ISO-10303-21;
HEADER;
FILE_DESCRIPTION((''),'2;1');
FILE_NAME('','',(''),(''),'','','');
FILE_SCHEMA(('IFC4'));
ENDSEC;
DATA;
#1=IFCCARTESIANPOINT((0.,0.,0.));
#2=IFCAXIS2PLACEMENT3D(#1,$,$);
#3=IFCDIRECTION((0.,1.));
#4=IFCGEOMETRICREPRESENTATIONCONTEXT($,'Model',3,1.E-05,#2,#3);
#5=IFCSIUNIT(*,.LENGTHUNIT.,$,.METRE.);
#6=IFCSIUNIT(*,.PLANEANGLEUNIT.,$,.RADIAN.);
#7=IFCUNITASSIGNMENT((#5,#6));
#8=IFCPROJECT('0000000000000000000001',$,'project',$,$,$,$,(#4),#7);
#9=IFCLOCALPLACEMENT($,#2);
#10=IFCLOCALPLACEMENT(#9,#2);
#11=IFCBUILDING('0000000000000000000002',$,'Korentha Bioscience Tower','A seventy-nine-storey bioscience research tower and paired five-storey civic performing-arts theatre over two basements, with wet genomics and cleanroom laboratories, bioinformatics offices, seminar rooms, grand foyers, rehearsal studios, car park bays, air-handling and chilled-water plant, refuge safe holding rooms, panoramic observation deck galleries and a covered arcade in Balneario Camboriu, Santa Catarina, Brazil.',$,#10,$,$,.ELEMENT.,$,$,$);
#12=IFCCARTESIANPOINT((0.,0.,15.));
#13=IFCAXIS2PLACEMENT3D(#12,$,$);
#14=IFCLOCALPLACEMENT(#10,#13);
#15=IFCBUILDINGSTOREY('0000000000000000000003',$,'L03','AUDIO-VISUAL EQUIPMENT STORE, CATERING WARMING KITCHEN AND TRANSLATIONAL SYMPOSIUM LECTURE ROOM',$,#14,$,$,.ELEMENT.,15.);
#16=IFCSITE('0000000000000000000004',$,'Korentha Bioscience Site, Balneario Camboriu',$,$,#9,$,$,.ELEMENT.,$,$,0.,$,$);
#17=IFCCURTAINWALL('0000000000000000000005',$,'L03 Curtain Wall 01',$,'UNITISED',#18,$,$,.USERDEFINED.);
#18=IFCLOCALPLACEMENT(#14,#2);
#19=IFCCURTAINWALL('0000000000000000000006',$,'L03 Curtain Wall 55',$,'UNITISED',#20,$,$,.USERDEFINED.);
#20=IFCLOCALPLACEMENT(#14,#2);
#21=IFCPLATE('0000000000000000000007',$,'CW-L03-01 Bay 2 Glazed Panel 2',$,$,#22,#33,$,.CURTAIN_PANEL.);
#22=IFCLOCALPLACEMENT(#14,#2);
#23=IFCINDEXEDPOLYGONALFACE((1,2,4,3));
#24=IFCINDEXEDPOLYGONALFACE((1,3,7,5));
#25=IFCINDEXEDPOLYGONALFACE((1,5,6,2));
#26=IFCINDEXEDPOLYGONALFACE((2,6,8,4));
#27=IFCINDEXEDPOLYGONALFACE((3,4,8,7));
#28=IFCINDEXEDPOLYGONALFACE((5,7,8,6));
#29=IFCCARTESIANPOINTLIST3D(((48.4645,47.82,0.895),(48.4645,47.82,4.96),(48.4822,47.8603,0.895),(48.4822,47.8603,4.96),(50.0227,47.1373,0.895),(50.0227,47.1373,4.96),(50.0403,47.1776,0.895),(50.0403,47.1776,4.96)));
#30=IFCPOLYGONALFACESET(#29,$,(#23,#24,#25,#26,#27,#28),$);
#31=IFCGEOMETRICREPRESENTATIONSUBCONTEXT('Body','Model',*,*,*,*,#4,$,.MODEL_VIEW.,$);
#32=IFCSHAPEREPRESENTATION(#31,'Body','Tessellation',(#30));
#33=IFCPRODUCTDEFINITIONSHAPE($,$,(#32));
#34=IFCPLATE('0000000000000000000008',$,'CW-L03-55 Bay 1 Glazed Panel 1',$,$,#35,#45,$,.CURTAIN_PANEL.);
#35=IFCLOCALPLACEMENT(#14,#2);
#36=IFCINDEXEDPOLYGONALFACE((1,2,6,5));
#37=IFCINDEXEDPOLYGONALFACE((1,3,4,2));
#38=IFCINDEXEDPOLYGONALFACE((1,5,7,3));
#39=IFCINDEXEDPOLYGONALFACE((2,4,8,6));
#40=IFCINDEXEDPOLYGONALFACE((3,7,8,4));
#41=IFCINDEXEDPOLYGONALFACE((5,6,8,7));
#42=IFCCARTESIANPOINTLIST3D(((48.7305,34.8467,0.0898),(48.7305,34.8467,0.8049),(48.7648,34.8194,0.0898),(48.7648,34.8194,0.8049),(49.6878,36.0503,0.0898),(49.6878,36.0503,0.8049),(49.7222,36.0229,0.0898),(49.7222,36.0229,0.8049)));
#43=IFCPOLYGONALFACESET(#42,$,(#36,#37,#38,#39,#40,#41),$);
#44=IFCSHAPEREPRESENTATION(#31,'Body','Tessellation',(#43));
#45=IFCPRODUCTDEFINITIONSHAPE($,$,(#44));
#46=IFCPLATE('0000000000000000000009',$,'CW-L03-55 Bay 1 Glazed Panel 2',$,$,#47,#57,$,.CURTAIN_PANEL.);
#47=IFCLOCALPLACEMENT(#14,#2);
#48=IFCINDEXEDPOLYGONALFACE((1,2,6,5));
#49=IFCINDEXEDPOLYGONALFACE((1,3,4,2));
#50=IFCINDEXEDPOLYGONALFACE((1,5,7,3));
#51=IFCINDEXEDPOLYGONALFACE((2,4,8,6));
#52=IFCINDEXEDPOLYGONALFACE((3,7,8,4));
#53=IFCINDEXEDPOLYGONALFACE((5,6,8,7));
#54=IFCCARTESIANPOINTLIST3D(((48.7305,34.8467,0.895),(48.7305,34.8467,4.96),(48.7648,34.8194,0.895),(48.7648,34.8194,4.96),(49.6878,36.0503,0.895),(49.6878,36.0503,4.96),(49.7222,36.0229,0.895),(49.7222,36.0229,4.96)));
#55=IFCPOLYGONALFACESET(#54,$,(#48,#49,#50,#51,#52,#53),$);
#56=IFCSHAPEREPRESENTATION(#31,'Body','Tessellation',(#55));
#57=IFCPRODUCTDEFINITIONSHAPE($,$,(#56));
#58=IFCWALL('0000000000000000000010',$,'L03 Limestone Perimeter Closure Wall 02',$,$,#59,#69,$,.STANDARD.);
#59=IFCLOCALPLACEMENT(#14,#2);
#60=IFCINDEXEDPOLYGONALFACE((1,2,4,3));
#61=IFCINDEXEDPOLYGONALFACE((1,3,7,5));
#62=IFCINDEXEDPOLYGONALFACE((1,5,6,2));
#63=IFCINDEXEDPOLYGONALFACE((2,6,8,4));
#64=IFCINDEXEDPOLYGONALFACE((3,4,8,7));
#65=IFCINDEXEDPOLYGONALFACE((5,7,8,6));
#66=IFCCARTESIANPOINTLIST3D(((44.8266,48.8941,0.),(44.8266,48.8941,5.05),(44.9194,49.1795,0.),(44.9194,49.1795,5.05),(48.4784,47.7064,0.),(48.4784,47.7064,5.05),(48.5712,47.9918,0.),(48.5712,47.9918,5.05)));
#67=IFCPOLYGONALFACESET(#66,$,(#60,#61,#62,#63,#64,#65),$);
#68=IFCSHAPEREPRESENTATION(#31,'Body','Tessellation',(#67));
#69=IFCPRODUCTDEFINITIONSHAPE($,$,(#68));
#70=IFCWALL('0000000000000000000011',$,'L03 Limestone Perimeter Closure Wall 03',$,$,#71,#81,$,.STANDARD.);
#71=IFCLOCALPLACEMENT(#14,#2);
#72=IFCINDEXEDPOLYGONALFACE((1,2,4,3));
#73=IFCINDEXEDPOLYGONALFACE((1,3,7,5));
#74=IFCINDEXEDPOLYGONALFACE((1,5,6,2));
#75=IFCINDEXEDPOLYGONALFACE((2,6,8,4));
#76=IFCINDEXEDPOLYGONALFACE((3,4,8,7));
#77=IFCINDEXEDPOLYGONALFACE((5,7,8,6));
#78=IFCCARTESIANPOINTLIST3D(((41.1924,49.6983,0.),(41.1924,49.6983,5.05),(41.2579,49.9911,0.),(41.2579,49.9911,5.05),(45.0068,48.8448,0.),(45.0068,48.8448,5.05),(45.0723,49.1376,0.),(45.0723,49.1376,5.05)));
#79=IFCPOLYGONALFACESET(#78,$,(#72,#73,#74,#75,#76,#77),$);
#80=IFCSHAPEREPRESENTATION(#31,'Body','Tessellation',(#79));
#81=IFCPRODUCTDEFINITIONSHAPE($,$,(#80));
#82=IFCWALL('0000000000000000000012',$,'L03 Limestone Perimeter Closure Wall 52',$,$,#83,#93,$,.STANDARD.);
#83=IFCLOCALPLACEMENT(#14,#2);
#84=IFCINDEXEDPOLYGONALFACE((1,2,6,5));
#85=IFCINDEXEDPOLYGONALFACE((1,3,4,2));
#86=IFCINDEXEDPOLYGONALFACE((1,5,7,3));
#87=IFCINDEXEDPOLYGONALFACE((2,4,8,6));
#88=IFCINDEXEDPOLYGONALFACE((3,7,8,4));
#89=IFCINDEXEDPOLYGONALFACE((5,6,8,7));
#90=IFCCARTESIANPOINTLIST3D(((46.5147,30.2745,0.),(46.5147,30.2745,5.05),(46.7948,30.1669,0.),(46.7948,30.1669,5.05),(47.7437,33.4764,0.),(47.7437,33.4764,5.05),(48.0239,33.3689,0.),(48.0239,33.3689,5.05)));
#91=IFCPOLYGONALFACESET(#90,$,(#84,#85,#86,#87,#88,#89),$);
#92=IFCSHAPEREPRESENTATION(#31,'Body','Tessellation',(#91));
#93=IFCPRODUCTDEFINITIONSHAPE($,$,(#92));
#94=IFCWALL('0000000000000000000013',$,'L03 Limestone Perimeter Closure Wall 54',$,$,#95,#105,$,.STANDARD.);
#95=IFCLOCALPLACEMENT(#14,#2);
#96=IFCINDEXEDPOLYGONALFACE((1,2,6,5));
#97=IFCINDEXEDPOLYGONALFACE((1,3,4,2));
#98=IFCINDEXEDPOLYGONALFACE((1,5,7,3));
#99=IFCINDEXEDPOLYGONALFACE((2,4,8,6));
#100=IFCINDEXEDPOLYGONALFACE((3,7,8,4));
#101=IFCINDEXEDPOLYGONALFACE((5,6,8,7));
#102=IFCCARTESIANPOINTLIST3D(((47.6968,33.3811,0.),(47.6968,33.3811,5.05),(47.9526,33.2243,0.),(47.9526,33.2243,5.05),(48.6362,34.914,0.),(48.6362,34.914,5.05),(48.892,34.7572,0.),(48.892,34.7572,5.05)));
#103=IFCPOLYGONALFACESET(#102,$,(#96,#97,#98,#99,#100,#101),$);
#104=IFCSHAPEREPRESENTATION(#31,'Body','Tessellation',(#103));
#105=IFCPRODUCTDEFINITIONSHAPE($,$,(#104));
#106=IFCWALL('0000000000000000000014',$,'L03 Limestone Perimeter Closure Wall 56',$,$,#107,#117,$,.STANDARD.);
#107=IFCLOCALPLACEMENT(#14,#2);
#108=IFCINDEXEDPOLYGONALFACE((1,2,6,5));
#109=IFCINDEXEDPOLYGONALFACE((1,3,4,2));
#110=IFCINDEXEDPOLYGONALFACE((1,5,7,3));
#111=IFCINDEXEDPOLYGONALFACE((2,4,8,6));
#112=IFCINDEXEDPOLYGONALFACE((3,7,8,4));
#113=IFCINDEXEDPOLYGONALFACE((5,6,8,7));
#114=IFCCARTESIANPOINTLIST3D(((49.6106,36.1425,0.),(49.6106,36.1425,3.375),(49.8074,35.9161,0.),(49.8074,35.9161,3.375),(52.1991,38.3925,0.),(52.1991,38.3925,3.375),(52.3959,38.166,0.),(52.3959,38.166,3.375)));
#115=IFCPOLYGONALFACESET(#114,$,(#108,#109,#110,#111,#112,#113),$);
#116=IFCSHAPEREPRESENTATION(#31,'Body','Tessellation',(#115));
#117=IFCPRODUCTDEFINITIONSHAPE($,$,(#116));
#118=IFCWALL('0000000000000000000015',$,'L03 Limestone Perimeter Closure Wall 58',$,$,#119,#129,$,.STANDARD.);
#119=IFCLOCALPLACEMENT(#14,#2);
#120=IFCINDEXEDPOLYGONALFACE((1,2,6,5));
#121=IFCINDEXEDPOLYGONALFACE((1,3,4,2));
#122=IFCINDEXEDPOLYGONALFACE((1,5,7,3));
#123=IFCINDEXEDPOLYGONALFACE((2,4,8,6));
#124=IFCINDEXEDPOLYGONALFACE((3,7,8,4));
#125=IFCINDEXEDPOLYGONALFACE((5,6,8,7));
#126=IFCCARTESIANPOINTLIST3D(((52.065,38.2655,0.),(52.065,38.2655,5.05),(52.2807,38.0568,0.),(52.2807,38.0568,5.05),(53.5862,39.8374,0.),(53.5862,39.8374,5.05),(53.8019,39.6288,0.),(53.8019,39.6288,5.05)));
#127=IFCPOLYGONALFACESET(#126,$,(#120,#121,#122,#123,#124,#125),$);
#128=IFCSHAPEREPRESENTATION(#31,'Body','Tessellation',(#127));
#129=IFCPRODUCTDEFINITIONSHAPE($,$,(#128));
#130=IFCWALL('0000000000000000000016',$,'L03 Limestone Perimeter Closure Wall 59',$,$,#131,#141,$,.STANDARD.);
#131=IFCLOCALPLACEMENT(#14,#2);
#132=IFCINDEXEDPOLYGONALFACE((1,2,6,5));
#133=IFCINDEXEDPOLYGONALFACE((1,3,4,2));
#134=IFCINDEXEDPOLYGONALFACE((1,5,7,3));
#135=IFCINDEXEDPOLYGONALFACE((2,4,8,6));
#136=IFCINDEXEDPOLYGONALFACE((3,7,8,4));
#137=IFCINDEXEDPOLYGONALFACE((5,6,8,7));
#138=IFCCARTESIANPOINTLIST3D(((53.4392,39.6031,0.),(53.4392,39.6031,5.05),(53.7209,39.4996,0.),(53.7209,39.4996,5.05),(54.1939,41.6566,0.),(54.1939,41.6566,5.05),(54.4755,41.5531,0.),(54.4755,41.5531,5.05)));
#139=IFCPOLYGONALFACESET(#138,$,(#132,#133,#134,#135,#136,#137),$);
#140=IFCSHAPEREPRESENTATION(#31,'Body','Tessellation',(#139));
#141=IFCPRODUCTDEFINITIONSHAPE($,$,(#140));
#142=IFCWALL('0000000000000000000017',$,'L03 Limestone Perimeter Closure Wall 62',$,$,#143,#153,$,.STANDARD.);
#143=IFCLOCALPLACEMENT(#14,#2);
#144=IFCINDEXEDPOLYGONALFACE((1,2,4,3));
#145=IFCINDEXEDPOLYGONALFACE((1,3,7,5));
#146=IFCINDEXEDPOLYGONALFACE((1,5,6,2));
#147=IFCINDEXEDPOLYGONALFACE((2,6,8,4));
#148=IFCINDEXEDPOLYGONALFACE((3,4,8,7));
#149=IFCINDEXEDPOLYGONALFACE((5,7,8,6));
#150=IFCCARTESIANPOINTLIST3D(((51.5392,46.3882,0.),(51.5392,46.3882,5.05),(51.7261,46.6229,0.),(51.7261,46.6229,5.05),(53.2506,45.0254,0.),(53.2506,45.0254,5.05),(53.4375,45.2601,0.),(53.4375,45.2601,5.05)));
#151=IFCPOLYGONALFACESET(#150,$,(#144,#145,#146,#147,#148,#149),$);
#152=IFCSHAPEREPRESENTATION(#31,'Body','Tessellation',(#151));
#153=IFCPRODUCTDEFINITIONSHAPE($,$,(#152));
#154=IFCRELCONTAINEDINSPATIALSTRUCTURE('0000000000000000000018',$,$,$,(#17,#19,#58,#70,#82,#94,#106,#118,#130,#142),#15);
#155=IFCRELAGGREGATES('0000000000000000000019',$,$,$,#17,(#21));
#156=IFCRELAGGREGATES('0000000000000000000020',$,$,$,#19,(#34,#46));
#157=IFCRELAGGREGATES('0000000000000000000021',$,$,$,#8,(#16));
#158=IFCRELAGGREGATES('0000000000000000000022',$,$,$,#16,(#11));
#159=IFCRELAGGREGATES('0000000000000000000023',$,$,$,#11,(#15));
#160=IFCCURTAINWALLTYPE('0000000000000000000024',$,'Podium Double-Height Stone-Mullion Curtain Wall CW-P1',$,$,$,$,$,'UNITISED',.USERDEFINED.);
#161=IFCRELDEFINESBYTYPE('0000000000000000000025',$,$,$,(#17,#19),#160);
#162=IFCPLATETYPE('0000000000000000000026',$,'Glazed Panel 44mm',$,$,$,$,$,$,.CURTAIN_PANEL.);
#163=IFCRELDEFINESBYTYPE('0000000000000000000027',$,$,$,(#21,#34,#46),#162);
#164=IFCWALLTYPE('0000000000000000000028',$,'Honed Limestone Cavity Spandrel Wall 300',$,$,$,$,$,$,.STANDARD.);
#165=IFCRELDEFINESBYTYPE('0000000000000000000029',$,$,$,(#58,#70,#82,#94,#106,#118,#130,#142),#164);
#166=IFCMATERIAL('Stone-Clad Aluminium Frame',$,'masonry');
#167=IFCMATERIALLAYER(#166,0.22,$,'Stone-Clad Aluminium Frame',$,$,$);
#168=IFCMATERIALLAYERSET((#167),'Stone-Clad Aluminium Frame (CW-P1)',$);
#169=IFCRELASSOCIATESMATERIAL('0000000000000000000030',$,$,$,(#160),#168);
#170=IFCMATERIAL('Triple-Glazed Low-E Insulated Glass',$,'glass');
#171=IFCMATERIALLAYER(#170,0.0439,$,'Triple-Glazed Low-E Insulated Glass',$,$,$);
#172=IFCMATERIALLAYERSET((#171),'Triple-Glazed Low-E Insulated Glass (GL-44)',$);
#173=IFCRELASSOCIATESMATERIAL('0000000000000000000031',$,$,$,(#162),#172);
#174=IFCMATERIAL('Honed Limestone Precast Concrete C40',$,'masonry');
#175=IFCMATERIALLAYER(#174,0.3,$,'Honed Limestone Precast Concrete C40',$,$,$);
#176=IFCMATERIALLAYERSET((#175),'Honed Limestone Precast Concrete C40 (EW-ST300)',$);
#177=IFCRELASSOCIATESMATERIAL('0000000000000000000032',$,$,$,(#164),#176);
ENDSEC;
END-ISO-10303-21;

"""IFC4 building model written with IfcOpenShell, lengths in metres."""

from ifc_helpers import new_model, si_unit, direction, frame, frame_2d, origin, origin_2d, place, context, subcontext, project, spatial, rectangle, extrude, material, layer, layer_set, type_object, element, aggregate, save


model = new_model("IFC4")

# Units and contexts
model_context = context("Model", 3, precision=1e-05, world=origin(), true_north=direction((0.0, 1.0)))
body_context = subcontext(model_context, "Body", "Model", "MODEL_VIEW")
ifc_project = project(units=[si_unit("LENGTHUNIT", "METRE"), si_unit("PLANEANGLEUNIT", "RADIAN")], contexts=[model_context])

# Site, building, storey
site_placement = place(None, origin())
site = spatial("IfcSite", under=ifc_project, at=site_placement, Name="Korentha Bioscience Site, Balneario Camboriu", CompositionType="ELEMENT", RefElevation=0.0)
building_placement = place(site_placement, origin())
building = spatial("IfcBuilding", under=site, at=building_placement, Name="Korentha Bioscience Tower", Description="A seventy-nine-storey bioscience research tower and paired five-storey civic performing-arts theatre over two basements, with wet genomics and cleanroom laboratories, bioinformatics offices, seminar rooms, grand foyers, rehearsal studios, car park bays, air-handling and chilled-water plant, refuge safe holding rooms, panoramic observation deck galleries and a covered arcade in Balneario Camboriu, Santa Catarina, Brazil.", CompositionType="ELEMENT")
storey_placement = place(building_placement, frame((0.0, 0.0, 15.0)))
storey = spatial("IfcBuildingStorey", under=building, at=storey_placement, Name="L03", Description="AUDIO-VISUAL EQUIPMENT STORE, CATERING WARMING KITCHEN AND TRANSLATIONAL SYMPOSIUM LECTURE ROOM", CompositionType="ELEMENT", Elevation=15.0)

# Curtain walls
ifc_material_1 = material(Name="Stone-Clad Aluminium Frame", Category="masonry")
ifc_layer_1 = layer(ifc_material_1, 0.22, Name="Stone-Clad Aluminium Frame")
ifc_layer_set_1 = layer_set([ifc_layer_1], Name="Stone-Clad Aluminium Frame (CW-P1)")
curtain_wall_type = type_object("IfcCurtainWallType", Name="Podium Double-Height Stone-Mullion Curtain Wall CW-P1", ElementType="UNITISED", PredefinedType="USERDEFINED", material=ifc_layer_set_1)
curtain_wall_1_placement = place(storey_placement, origin())
curtain_wall_1 = element("IfcCurtainWall", 1, at=curtain_wall_1_placement, inside=storey, type_object=curtain_wall_type, Name="L03 Curtain Wall 01", ObjectType="UNITISED", PredefinedType="USERDEFINED")
curtain_wall_2_placement = place(storey_placement, origin())
curtain_wall_2 = element("IfcCurtainWall", 2, at=curtain_wall_2_placement, inside=storey, type_object=curtain_wall_type, Name="L03 Curtain Wall 55", ObjectType="UNITISED", PredefinedType="USERDEFINED")

# Plates
ifc_material_2 = material(Name="Triple-Glazed Low-E Insulated Glass", Category="glass")
ifc_layer_2 = layer(ifc_material_2, 0.0439, Name="Triple-Glazed Low-E Insulated Glass")
ifc_layer_set_2 = layer_set([ifc_layer_2], Name="Triple-Glazed Low-E Insulated Glass (GL-44)")
plate_type = type_object("IfcPlateType", Name="Glazed Panel 44mm", PredefinedType="CURTAIN_PANEL", material=ifc_layer_set_2)
plate_1_placement = place(storey_placement, frame((49.2524, 47.4988, 0.895), z_axis=(0.0, 0.0, 1.0), x_axis=(-0.915939, 0.401317, 0.0)))
plate_1 = element("IfcPlate", 3, at=plate_1_placement, type_object=plate_type, Name="CW-L03-01 Bay 2 Glazed Panel 2", PredefinedType="CURTAIN_PANEL", context=body_context, shape_type="SweptSolid", body=[
    extrude(rectangle(XDim=1.7012, YDim=0.0439, at=origin_2d()), origin(), (0.0, 0.0, 1.0), 4.0649),
])
aggregate(curtain_wall_1, [plate_1])
plate_2_placement = place(storey_placement, frame((49.2263, 35.4348, 0.0898), z_axis=(0.0, 0.0, 1.0), x_axis=(0.62252, 0.782604, 0.0)))
plate_2 = element("IfcPlate", 4, at=plate_2_placement, type_object=plate_type, Name="CW-L03-55 Bay 1 Glazed Panel 1", PredefinedType="CURTAIN_PANEL", context=body_context, shape_type="SweptSolid", body=[
    extrude(rectangle(XDim=1.5378, YDim=0.0439, at=origin_2d()), origin(), (0.0, 0.0, 1.0), 0.7151),
])
plate_3_placement = place(storey_placement, frame((49.2263, 35.4348, 0.895), z_axis=(0.0, 0.0, 1.0), x_axis=(0.62252, 0.782604, 0.0)))
plate_3 = element("IfcPlate", 5, at=plate_3_placement, type_object=plate_type, Name="CW-L03-55 Bay 1 Glazed Panel 2", PredefinedType="CURTAIN_PANEL", context=body_context, shape_type="SweptSolid", body=[
    extrude(rectangle(XDim=1.5378, YDim=0.0439, at=origin_2d()), origin(), (0.0, 0.0, 1.0), 4.0649),
])
aggregate(curtain_wall_2, [plate_2, plate_3])

# Walls
ifc_material_3 = material(Name="Honed Limestone Precast Concrete C40", Category="masonry")
ifc_layer_3 = layer(ifc_material_3, 0.3, Name="Honed Limestone Precast Concrete C40")
ifc_layer_set_3 = layer_set([ifc_layer_3], Name="Honed Limestone Precast Concrete C40 (EW-ST300)")
wall_type = type_object("IfcWallType", Name="Honed Limestone Cavity Spandrel Wall 300", PredefinedType="STANDARD", material=ifc_layer_set_3)
wall_1_placement = place(storey_placement, frame((48.5247, 47.8491, 0.0), z_axis=(0.0, 0.0, 1.0), x_axis=(-0.950966, 0.309296, 0.0)))
element("IfcWall", 6, at=wall_1_placement, inside=storey, type_object=wall_type, Name="L03 Limestone Perimeter Closure Wall 02", PredefinedType="STANDARD", context=body_context, shape_type="SweptSolid", body=[
    extrude(rectangle(XDim=3.8401, YDim=0.3, at=frame_2d((1.9199, 0.0))), origin(), (0.0, 0.0, 1.0), 5.05),
])
wall_2_placement = place(storey_placement, frame((45.0396, 48.9912, 0.0), z_axis=(0.0, 0.0, 1.0), x_axis=(-0.975869, 0.218359, 0.0)))
element("IfcWall", 7, at=wall_2_placement, inside=storey, type_object=wall_type, Name="L03 Limestone Perimeter Closure Wall 03", PredefinedType="STANDARD", context=body_context, shape_type="SweptSolid", body=[
    extrude(rectangle(XDim=3.9087, YDim=0.3, at=frame_2d((1.9543, 0.0))), origin(), (0.0, 0.0, 1.0), 5.05),
])
wall_3_placement = place(storey_placement, frame((46.6548, 30.2207, 0.0), z_axis=(0.0, 0.0, 1.0), x_axis=(0.358345, 0.933589, 0.0)))
element("IfcWall", 8, at=wall_3_placement, inside=storey, type_object=wall_type, Name="L03 Limestone Perimeter Closure Wall 52", PredefinedType="STANDARD", context=body_context, shape_type="SweptSolid", body=[
    extrude(rectangle(XDim=3.4297, YDim=0.3, at=frame_2d((1.7148, 0.0))), origin(), (0.0, 0.0, 1.0), 5.05),
])
wall_4_placement = place(storey_placement, frame((47.8247, 33.3027, 0.0), z_axis=(0.0, 0.0, 1.0), x_axis=(0.522521, 0.852627, 0.0)))
element("IfcWall", 9, at=wall_4_placement, inside=storey, type_object=wall_type, Name="L03 Limestone Perimeter Closure Wall 54", PredefinedType="STANDARD", context=body_context, shape_type="SweptSolid", body=[
    extrude(rectangle(XDim=1.7979, YDim=0.3, at=frame_2d((0.8989, 0.0))), origin(), (0.0, 0.0, 1.0), 5.05),
])
wall_5_placement = place(storey_placement, frame((49.709, 36.0293, 0.0), z_axis=(0.0, 0.0, 1.0), x_axis=(0.754746, 0.656017, 0.0)))
element("IfcWall", 10, at=wall_5_placement, inside=storey, type_object=wall_type, Name="L03 Limestone Perimeter Closure Wall 56", PredefinedType="STANDARD", context=body_context, shape_type="SweptSolid", body=[
    extrude(rectangle(XDim=3.4297, YDim=0.3, at=frame_2d((1.7148, 0.0))), origin(), (0.0, 0.0, 1.0), 3.375),
])
wall_6_placement = place(storey_placement, frame((52.1729, 38.1611, 0.0), z_axis=(0.0, 0.0, 1.0), x_axis=(0.695405, 0.718618, 0.0)))
element("IfcWall", 11, at=wall_6_placement, inside=storey, type_object=wall_type, Name="L03 Limestone Perimeter Closure Wall 58", PredefinedType="STANDARD", context=body_context, shape_type="SweptSolid", body=[
    extrude(rectangle(XDim=2.1875, YDim=0.3, at=frame_2d((1.0938, 0.0))), origin(), (0.0, 0.0, 1.0), 5.05),
])
for number, where, z_axis, x_axis, name in (
    (12, (53.5801, 39.5515, 0.0), (0.0, 0.0, 1.0), (0.34494, 0.938625, 0.0), "L03 Limestone Perimeter Closure Wall 59"),
    (13, (53.344, 45.1428, 0.0), (0.0, 0.0, 1.0), (-0.782282, 0.622924, 0.0), "L03 Limestone Perimeter Closure Wall 62"),
):
    element("IfcWall", number, at=place(storey_placement, frame(where, z_axis=z_axis, x_axis=x_axis)), inside=storey, type_object=wall_type, Name=name, PredefinedType="STANDARD", context=body_context, shape_type="SweptSolid", body=[
        extrude(rectangle(XDim=2.1877, YDim=0.3, at=frame_2d((1.0938, 0.0))), origin(), (0.0, 0.0, 1.0), 5.05),
    ])

save(model, "model.ifc")
